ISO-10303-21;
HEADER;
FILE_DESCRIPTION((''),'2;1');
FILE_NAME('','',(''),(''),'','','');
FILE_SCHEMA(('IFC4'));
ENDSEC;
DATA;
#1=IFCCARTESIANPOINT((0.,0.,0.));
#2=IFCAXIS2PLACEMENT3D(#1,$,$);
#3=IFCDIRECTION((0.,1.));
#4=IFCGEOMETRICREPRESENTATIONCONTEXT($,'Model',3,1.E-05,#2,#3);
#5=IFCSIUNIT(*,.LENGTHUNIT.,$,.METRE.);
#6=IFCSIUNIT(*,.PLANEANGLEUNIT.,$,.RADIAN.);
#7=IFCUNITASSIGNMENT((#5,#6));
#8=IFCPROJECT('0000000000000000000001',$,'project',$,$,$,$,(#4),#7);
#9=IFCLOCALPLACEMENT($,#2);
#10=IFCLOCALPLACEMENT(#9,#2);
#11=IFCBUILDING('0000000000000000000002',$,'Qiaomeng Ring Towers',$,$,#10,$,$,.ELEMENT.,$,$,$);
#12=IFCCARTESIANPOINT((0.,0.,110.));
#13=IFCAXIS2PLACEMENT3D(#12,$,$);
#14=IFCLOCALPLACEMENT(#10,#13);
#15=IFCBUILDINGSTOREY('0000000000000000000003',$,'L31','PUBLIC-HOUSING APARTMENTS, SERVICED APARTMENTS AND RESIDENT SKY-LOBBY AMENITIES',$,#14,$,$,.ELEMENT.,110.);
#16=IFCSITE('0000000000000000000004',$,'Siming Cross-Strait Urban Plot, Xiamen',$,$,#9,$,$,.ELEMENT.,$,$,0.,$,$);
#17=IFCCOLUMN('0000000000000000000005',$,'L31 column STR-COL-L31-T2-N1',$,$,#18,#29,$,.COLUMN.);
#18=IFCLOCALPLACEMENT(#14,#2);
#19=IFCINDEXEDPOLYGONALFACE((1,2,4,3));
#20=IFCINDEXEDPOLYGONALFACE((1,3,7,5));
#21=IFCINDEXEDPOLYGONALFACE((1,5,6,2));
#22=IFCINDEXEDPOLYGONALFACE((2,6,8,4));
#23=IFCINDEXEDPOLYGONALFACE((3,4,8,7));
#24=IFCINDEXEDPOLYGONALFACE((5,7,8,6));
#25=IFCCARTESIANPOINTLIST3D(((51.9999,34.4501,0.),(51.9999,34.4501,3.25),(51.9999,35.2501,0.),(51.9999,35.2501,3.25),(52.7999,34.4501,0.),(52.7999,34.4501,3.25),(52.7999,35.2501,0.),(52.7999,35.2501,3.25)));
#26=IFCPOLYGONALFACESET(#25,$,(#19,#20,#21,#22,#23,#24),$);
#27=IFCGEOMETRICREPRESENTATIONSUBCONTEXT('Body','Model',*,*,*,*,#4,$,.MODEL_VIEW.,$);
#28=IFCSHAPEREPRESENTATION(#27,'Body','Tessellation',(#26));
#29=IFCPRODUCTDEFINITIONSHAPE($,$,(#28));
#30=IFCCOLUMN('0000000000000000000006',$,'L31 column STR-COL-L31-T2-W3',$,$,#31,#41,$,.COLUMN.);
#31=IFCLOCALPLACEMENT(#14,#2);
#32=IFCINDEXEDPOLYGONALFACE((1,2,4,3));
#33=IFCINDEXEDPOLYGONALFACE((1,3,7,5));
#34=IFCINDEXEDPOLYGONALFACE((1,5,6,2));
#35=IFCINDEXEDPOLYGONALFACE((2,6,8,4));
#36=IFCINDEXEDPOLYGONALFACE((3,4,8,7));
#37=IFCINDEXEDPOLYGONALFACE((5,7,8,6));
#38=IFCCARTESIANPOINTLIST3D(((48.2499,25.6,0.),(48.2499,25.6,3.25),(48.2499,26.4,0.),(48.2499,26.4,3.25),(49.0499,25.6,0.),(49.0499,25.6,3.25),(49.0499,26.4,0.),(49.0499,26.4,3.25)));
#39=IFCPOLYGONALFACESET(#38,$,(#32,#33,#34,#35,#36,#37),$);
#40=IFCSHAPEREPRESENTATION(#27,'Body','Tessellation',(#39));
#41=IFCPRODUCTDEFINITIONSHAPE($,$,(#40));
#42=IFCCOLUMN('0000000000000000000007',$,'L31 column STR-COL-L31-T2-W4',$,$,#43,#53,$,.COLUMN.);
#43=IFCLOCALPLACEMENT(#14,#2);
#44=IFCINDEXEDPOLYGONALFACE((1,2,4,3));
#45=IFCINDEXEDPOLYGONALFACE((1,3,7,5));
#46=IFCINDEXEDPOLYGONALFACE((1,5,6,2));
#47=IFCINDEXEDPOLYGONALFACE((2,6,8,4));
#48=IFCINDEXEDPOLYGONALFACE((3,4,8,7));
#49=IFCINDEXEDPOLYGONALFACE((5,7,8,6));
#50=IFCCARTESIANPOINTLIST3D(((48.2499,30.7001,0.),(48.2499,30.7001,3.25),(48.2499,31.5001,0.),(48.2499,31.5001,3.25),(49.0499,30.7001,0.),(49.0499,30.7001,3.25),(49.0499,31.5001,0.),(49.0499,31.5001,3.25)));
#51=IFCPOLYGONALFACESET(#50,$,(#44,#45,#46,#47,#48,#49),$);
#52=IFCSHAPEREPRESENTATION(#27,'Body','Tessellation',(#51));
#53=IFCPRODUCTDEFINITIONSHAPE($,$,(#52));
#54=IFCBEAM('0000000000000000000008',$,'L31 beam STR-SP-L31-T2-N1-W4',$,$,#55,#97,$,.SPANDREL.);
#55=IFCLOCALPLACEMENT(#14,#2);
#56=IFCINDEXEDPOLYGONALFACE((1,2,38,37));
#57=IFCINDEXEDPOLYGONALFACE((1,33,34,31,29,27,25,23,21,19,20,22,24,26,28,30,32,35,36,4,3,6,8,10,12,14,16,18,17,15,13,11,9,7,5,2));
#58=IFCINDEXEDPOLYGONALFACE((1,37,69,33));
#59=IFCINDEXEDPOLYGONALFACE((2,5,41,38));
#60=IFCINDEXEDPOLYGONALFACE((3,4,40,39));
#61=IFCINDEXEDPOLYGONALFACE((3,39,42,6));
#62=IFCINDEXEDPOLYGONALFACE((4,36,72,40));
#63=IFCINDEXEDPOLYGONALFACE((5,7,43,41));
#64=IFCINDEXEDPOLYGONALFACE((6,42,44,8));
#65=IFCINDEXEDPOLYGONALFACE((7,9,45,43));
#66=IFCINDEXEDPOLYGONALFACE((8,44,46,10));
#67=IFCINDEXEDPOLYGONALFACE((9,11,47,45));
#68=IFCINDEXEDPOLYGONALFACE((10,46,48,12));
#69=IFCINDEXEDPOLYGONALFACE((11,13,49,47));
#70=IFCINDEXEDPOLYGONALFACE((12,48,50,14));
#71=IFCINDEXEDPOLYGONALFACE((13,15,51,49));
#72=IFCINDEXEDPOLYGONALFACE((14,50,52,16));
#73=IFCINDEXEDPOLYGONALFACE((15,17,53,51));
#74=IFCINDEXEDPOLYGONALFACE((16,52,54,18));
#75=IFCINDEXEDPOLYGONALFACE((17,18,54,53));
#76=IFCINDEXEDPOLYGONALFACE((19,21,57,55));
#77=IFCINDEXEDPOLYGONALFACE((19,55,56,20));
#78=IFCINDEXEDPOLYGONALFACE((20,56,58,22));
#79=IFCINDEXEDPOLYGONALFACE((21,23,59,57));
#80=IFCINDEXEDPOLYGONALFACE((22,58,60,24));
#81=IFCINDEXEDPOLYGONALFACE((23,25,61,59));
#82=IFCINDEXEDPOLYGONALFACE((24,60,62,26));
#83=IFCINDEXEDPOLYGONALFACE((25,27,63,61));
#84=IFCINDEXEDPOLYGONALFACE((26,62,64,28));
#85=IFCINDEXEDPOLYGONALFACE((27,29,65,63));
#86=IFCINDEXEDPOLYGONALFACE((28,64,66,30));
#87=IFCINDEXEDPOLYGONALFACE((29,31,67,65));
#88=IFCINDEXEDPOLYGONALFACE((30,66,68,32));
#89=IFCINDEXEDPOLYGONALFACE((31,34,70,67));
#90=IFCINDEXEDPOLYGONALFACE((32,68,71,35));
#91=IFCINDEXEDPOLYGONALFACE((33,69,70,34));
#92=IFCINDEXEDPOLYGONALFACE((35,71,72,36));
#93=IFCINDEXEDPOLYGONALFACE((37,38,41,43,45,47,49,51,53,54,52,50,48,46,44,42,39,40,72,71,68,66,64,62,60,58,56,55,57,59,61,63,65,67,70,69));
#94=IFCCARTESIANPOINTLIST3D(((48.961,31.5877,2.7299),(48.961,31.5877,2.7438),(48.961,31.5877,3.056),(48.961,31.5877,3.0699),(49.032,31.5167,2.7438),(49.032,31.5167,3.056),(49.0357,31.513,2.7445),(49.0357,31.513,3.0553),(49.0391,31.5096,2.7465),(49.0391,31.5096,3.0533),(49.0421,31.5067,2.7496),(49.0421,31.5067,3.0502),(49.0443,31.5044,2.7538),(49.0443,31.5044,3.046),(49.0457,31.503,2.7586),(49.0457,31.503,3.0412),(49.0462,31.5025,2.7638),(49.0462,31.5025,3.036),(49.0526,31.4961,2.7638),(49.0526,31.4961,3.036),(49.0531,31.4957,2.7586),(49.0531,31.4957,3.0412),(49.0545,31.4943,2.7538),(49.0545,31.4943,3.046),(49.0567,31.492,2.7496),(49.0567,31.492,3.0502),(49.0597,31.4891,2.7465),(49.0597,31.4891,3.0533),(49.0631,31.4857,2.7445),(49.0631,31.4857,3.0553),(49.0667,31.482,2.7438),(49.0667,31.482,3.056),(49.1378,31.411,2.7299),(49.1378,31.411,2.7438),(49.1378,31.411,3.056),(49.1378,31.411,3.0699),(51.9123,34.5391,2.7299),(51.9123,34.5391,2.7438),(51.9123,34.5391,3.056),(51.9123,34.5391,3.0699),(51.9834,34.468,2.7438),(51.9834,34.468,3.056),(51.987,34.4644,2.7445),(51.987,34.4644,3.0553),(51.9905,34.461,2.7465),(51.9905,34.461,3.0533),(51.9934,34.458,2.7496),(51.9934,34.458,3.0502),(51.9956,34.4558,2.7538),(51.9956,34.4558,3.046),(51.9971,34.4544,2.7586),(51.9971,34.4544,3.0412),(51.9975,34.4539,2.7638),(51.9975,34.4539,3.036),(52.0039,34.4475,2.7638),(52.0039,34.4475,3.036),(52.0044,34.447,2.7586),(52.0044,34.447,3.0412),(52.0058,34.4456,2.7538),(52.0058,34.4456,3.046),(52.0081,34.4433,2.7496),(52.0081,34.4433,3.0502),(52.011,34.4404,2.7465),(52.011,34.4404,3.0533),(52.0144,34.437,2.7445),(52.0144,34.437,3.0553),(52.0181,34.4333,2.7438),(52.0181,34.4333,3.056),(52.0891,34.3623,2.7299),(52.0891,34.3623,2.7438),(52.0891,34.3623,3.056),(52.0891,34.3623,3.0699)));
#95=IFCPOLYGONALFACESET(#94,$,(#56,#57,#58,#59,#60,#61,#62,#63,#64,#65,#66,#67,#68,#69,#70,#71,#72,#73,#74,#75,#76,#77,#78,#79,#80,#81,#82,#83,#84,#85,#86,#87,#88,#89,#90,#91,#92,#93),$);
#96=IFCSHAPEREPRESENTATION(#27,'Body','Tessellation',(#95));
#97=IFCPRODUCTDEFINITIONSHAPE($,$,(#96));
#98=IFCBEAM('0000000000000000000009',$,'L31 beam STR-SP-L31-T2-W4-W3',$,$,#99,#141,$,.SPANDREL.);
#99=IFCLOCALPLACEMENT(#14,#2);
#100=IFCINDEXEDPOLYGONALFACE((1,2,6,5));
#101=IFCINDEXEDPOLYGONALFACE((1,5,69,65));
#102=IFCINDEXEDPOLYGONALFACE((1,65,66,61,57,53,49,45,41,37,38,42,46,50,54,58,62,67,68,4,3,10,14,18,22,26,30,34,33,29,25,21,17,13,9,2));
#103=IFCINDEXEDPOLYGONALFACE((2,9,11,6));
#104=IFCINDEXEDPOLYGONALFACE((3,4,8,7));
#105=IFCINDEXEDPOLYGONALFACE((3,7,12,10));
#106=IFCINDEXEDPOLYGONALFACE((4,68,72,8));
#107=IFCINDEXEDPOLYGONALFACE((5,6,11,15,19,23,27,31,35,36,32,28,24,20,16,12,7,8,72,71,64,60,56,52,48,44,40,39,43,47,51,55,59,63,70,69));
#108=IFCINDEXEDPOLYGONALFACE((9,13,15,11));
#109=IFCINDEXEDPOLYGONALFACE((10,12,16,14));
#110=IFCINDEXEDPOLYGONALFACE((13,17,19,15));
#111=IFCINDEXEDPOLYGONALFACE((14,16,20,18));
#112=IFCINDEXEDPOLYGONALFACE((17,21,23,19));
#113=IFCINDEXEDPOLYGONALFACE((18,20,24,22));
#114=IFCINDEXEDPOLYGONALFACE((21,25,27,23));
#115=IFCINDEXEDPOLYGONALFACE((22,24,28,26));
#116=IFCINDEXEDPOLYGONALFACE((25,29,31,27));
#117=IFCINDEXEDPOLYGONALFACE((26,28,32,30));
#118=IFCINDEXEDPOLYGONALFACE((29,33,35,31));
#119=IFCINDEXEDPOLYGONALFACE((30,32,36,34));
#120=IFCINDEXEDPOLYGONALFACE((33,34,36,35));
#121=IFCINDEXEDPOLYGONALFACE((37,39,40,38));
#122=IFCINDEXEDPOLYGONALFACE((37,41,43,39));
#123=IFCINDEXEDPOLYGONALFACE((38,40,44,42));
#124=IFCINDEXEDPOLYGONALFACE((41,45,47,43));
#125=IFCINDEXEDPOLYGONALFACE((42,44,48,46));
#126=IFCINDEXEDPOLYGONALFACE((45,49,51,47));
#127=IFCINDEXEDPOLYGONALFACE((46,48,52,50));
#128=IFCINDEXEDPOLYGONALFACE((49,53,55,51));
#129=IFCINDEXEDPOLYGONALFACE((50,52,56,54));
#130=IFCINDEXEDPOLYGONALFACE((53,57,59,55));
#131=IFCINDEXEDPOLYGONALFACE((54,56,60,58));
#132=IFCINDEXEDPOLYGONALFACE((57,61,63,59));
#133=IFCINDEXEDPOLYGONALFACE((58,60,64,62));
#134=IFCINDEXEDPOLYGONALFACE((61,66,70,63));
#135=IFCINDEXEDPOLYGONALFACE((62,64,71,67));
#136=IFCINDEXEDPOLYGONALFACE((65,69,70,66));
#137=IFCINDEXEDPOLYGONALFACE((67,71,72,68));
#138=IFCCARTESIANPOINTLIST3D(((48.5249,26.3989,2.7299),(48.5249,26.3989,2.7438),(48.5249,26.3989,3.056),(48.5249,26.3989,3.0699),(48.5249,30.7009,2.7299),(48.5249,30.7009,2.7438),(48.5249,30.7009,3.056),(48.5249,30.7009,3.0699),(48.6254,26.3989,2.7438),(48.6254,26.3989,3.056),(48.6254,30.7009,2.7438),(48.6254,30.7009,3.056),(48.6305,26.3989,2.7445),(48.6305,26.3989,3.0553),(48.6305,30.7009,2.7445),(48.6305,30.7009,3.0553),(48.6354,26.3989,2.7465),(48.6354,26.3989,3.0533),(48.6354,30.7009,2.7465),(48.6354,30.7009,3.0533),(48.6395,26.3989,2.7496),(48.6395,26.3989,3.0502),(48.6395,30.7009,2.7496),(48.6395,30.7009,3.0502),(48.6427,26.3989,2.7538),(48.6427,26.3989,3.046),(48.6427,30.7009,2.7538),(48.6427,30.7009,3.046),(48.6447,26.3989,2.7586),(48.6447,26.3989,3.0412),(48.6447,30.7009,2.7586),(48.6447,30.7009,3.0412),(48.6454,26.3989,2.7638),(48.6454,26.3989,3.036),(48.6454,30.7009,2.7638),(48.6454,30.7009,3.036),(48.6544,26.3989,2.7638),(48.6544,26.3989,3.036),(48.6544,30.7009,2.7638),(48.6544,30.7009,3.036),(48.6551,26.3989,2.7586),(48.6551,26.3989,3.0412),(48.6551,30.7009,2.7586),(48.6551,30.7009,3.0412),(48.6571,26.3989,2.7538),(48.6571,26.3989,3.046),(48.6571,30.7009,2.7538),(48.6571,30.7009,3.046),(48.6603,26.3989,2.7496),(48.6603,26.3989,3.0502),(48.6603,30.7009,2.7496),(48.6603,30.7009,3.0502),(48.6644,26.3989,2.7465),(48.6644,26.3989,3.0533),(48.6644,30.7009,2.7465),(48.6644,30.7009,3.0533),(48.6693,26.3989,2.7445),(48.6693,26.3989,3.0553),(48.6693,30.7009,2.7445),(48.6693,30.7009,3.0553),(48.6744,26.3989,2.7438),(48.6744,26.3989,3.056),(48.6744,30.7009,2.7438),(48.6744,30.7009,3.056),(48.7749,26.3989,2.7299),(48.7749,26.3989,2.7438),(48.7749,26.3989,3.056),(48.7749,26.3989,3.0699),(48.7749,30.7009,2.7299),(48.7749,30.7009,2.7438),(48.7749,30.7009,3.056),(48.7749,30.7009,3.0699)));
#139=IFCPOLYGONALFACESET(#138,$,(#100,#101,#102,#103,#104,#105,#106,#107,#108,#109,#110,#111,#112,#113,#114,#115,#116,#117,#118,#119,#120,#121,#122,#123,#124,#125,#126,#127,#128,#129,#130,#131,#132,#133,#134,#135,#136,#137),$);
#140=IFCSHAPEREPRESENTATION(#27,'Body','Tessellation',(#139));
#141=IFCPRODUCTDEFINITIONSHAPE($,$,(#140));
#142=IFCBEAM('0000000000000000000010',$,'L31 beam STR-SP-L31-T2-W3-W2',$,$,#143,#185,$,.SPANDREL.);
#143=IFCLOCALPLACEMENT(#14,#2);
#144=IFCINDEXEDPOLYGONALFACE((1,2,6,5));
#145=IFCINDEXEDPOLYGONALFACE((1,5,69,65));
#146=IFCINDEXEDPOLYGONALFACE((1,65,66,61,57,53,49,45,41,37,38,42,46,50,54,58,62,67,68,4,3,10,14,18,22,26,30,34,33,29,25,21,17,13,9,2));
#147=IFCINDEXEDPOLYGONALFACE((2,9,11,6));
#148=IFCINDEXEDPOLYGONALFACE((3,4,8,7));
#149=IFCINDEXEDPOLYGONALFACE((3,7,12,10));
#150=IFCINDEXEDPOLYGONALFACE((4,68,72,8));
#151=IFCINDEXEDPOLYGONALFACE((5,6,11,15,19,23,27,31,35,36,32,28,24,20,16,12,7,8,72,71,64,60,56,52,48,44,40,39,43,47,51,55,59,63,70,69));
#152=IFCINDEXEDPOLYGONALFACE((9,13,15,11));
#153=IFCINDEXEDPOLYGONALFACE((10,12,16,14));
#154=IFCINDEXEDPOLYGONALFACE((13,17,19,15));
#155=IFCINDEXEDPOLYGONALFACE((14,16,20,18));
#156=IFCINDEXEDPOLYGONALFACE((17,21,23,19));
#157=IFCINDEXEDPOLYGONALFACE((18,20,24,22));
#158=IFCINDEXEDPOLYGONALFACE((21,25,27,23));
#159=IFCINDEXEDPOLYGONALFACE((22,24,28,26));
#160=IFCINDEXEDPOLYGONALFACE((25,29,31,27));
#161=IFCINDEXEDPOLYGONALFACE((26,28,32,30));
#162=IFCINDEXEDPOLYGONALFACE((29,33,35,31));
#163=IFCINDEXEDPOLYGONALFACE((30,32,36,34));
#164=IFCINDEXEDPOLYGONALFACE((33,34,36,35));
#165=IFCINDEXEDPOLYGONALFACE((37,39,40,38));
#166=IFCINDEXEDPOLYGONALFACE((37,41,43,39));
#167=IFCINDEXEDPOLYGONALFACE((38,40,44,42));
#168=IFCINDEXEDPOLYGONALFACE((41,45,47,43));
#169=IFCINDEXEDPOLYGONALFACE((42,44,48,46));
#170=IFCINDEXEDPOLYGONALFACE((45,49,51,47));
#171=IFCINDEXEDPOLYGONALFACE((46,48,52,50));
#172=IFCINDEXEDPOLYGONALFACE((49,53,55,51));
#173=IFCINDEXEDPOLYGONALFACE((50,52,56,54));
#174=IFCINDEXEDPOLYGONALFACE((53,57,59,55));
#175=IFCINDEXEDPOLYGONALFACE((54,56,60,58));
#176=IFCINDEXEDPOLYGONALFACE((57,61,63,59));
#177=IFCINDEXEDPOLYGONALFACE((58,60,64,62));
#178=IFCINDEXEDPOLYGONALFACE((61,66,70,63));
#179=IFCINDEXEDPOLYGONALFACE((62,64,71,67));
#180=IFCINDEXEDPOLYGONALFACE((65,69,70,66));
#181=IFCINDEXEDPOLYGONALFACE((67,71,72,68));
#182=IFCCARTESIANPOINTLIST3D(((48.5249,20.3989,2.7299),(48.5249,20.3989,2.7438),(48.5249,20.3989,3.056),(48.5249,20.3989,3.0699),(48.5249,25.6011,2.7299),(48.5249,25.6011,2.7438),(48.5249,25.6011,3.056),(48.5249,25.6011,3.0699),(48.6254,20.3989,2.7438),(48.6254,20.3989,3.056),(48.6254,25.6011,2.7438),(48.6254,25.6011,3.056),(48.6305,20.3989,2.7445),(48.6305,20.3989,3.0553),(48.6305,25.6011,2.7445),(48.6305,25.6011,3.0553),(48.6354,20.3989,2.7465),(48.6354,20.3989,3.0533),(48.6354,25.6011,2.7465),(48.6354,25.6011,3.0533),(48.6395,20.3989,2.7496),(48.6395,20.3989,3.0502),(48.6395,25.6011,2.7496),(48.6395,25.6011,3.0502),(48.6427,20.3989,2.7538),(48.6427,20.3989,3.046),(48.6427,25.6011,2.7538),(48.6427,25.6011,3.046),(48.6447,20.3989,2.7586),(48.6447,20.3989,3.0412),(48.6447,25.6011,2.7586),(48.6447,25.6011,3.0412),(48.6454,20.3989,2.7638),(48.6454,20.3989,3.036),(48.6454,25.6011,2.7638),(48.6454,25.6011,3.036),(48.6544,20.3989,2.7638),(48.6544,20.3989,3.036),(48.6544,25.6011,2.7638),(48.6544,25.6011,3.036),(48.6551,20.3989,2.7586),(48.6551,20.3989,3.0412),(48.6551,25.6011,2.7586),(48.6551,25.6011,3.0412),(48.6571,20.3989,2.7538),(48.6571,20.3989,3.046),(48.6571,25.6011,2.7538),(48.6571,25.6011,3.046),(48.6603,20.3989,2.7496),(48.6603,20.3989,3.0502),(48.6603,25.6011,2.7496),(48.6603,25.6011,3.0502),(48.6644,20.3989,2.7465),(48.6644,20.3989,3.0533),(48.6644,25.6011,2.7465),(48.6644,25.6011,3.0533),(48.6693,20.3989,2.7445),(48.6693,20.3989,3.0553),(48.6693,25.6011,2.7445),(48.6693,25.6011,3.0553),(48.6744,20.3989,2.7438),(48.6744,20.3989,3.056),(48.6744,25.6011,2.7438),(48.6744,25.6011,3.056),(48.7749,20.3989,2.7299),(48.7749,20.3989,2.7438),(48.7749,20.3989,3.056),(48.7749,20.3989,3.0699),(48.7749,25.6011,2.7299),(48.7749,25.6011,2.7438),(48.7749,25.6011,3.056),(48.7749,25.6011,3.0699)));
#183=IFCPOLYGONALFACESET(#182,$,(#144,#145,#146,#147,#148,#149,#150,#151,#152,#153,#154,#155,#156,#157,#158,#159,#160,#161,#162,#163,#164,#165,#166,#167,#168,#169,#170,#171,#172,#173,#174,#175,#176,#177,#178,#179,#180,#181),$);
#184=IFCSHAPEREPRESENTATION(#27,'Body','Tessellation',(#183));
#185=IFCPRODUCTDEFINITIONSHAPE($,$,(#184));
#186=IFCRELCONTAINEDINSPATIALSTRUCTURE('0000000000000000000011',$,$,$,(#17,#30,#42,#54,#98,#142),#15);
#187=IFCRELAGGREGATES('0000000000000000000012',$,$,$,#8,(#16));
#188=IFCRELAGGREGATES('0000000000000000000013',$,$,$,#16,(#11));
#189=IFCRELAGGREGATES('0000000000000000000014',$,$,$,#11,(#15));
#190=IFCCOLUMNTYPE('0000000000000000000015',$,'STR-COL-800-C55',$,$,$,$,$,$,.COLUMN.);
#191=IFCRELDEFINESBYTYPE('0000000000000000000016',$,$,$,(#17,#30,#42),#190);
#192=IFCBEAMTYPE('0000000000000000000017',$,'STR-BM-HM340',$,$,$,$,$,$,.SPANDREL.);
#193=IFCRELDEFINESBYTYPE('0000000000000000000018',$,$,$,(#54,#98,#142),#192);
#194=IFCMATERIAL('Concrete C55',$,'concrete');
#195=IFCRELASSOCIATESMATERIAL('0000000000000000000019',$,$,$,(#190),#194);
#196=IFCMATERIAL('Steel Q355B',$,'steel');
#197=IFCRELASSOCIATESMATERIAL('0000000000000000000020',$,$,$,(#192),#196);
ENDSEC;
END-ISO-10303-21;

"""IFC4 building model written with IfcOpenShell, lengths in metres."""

from ifc_helpers import new_model, si_unit, direction, frame, origin, origin_2d, place, context, subcontext, project, spatial, rectangle, i_section, extrude, source, transform, mapped, material, material_profile, profile_set, type_object, element, save


model = new_model("IFC4")

# Units and contexts
model_context = context("Model", 3, precision=1e-05, world=origin(), true_north=direction((0.0, 1.0)))
body_context = subcontext(model_context, "Body", "Model", "MODEL_VIEW")
ifc_project = project(units=[si_unit("LENGTHUNIT", "METRE"), si_unit("PLANEANGLEUNIT", "RADIAN")], contexts=[model_context])

# Site, building, storey
site_placement = place(None, origin())
site = spatial("IfcSite", under=ifc_project, at=site_placement, Name="Siming Cross-Strait Urban Plot, Xiamen", CompositionType="ELEMENT", RefElevation=0.0)
building_placement = place(site_placement, origin())
building = spatial("IfcBuilding", under=site, at=building_placement, Name="Qiaomeng Ring Towers", CompositionType="ELEMENT")
storey_placement = place(building_placement, frame((0.0, 0.0, 110.0)))
storey = spatial("IfcBuildingStorey", under=building, at=storey_placement, Name="L31", Description="PUBLIC-HOUSING APARTMENTS, SERVICED APARTMENTS AND RESIDENT SKY-LOBBY AMENITIES", CompositionType="ELEMENT", Elevation=110.0)

# Columns
ifc_material_1 = material(Name="Concrete C55", Category="concrete")
ifc_material_profile_1 = material_profile(ifc_material_1, rectangle(XDim=0.8, YDim=0.8, at=origin_2d()), Name="RC COL 800x800")
ifc_profile_set_1 = profile_set([ifc_material_profile_1], Name="Concrete C55")
column_type = type_object("IfcColumnType", Name="STR-COL-800-C55", PredefinedType="COLUMN", material=ifc_profile_set_1)
shared_shape_1 = source(origin(), body_context, "Body", "SweptSolid", [
    extrude(rectangle(XDim=0.8, YDim=0.8, at=origin_2d()), origin(), (0.0, 0.0, 1.0), 3.25),
])
for number, where, z_axis, x_axis, name in (
    (1, (52.3999, 34.8501, 0.0), (0.0, 0.0, 1.0), (1.0, 0.0, 0.0), "L31 column STR-COL-L31-T2-N1"),
    (2, (48.6499, 26.0, 0.0), (0.0, 0.0, 1.0), (1.0, 0.0, 0.0), "L31 column STR-COL-L31-T2-W3"),
    (3, (48.6499, 31.1001, 0.0), (0.0, 0.0, 1.0), (1.0, 0.0, 0.0), "L31 column STR-COL-L31-T2-W4"),
):
    element("IfcColumn", number, at=place(storey_placement, frame(where, z_axis=z_axis, x_axis=x_axis)), inside=storey, type_object=column_type, Name=name, PredefinedType="COLUMN", context=body_context, shape_type="MappedRepresentation", body=[
        mapped(shared_shape_1, transform((0.0, 0.0, 0.0), x_axis=(1.0, 0.0, 0.0), y_axis=(0.0, 1.0, 0.0), z_axis=(0.0, 0.0, 1.0), scale=1.0)),
    ])

# Beams
ifc_material_2 = material(Name="Steel Q355B", Category="steel")
ifc_material_profile_2 = material_profile(ifc_material_2, i_section(OverallWidth=0.25, OverallDepth=0.3401, WebThickness=0.009, FlangeThickness=0.0139, FilletRadius=0.02, at=origin_2d()), Name="HM 340x250x9x14")
ifc_profile_set_2 = profile_set([ifc_material_profile_2], Name="Steel Q355B")
beam_type_1 = type_object("IfcBeamType", Name="STR-BM-HM340", PredefinedType="SPANDREL", material=ifc_profile_set_2)
shared_shape_2 = source(origin(), body_context, "Body", "SweptSolid", [
    extrude(i_section(OverallWidth=0.25, OverallDepth=0.3401, WebThickness=0.009, FlangeThickness=0.0139, FilletRadius=0.02, at=origin_2d()), origin(), (0.0, 0.0, 1.0), 4.1738),
])
beam_1_placement = place(storey_placement, frame((52.0007, 34.4507, 2.8999), z_axis=(-0.707107, -0.707107, 0.0), x_axis=(0.707107, -0.707107, 0.0)))
element("IfcBeam", 4, at=beam_1_placement, inside=storey, type_object=beam_type_1, Name="L31 beam STR-SP-L31-T2-N1-W4", PredefinedType="SPANDREL", context=body_context, shape_type="MappedRepresentation", body=[
    mapped(shared_shape_2, transform((0.0, 0.0, 0.0), x_axis=(1.0, 0.0, 0.0), y_axis=(0.0, 1.0, 0.0), z_axis=(0.0, 0.0, 1.0), scale=1.0)),
])
shared_shape_3 = source(origin(), body_context, "Body", "SweptSolid", [
    extrude(i_section(OverallWidth=0.25, OverallDepth=0.3401, WebThickness=0.009, FlangeThickness=0.0139, FilletRadius=0.02, at=origin_2d()), origin(), (0.0, 0.0, 1.0), 4.302),
])
beam_2_placement = place(storey_placement, frame((48.6499, 30.7009, 2.8999), z_axis=(0.0, -1.0, 0.0), x_axis=(1.0, 0.0, 0.0)))
element("IfcBeam", 5, at=beam_2_placement, inside=storey, type_object=beam_type_1, Name="L31 beam STR-SP-L31-T2-W4-W3", PredefinedType="SPANDREL", context=body_context, shape_type="MappedRepresentation", body=[
    mapped(shared_shape_3, transform((0.0, 0.0, 0.0), x_axis=(1.0, 0.0, 0.0), y_axis=(0.0, 1.0, 0.0), z_axis=(0.0, 0.0, 1.0), scale=1.0)),
])
shared_shape_4 = source(origin(), body_context, "Body", "SweptSolid", [
    extrude(i_section(OverallWidth=0.25, OverallDepth=0.3401, WebThickness=0.009, FlangeThickness=0.0139, FilletRadius=0.02, at=origin_2d()), origin(), (0.0, 0.0, 1.0), 5.2021),
])
beam_3_placement = place(storey_placement, frame((48.6499, 25.6011, 2.8999), z_axis=(0.0, -1.0, 0.0), x_axis=(1.0, 0.0, 0.0)))
element("IfcBeam", 6, at=beam_3_placement, inside=storey, type_object=beam_type_1, Name="L31 beam STR-SP-L31-T2-W3-W2", PredefinedType="SPANDREL", context=body_context, shape_type="MappedRepresentation", body=[
    mapped(shared_shape_4, transform((0.0, 0.0, 0.0), x_axis=(1.0, 0.0, 0.0), y_axis=(0.0, 1.0, 0.0), z_axis=(0.0, 0.0, 1.0), scale=1.0)),
])

save(model, "model.ifc")
